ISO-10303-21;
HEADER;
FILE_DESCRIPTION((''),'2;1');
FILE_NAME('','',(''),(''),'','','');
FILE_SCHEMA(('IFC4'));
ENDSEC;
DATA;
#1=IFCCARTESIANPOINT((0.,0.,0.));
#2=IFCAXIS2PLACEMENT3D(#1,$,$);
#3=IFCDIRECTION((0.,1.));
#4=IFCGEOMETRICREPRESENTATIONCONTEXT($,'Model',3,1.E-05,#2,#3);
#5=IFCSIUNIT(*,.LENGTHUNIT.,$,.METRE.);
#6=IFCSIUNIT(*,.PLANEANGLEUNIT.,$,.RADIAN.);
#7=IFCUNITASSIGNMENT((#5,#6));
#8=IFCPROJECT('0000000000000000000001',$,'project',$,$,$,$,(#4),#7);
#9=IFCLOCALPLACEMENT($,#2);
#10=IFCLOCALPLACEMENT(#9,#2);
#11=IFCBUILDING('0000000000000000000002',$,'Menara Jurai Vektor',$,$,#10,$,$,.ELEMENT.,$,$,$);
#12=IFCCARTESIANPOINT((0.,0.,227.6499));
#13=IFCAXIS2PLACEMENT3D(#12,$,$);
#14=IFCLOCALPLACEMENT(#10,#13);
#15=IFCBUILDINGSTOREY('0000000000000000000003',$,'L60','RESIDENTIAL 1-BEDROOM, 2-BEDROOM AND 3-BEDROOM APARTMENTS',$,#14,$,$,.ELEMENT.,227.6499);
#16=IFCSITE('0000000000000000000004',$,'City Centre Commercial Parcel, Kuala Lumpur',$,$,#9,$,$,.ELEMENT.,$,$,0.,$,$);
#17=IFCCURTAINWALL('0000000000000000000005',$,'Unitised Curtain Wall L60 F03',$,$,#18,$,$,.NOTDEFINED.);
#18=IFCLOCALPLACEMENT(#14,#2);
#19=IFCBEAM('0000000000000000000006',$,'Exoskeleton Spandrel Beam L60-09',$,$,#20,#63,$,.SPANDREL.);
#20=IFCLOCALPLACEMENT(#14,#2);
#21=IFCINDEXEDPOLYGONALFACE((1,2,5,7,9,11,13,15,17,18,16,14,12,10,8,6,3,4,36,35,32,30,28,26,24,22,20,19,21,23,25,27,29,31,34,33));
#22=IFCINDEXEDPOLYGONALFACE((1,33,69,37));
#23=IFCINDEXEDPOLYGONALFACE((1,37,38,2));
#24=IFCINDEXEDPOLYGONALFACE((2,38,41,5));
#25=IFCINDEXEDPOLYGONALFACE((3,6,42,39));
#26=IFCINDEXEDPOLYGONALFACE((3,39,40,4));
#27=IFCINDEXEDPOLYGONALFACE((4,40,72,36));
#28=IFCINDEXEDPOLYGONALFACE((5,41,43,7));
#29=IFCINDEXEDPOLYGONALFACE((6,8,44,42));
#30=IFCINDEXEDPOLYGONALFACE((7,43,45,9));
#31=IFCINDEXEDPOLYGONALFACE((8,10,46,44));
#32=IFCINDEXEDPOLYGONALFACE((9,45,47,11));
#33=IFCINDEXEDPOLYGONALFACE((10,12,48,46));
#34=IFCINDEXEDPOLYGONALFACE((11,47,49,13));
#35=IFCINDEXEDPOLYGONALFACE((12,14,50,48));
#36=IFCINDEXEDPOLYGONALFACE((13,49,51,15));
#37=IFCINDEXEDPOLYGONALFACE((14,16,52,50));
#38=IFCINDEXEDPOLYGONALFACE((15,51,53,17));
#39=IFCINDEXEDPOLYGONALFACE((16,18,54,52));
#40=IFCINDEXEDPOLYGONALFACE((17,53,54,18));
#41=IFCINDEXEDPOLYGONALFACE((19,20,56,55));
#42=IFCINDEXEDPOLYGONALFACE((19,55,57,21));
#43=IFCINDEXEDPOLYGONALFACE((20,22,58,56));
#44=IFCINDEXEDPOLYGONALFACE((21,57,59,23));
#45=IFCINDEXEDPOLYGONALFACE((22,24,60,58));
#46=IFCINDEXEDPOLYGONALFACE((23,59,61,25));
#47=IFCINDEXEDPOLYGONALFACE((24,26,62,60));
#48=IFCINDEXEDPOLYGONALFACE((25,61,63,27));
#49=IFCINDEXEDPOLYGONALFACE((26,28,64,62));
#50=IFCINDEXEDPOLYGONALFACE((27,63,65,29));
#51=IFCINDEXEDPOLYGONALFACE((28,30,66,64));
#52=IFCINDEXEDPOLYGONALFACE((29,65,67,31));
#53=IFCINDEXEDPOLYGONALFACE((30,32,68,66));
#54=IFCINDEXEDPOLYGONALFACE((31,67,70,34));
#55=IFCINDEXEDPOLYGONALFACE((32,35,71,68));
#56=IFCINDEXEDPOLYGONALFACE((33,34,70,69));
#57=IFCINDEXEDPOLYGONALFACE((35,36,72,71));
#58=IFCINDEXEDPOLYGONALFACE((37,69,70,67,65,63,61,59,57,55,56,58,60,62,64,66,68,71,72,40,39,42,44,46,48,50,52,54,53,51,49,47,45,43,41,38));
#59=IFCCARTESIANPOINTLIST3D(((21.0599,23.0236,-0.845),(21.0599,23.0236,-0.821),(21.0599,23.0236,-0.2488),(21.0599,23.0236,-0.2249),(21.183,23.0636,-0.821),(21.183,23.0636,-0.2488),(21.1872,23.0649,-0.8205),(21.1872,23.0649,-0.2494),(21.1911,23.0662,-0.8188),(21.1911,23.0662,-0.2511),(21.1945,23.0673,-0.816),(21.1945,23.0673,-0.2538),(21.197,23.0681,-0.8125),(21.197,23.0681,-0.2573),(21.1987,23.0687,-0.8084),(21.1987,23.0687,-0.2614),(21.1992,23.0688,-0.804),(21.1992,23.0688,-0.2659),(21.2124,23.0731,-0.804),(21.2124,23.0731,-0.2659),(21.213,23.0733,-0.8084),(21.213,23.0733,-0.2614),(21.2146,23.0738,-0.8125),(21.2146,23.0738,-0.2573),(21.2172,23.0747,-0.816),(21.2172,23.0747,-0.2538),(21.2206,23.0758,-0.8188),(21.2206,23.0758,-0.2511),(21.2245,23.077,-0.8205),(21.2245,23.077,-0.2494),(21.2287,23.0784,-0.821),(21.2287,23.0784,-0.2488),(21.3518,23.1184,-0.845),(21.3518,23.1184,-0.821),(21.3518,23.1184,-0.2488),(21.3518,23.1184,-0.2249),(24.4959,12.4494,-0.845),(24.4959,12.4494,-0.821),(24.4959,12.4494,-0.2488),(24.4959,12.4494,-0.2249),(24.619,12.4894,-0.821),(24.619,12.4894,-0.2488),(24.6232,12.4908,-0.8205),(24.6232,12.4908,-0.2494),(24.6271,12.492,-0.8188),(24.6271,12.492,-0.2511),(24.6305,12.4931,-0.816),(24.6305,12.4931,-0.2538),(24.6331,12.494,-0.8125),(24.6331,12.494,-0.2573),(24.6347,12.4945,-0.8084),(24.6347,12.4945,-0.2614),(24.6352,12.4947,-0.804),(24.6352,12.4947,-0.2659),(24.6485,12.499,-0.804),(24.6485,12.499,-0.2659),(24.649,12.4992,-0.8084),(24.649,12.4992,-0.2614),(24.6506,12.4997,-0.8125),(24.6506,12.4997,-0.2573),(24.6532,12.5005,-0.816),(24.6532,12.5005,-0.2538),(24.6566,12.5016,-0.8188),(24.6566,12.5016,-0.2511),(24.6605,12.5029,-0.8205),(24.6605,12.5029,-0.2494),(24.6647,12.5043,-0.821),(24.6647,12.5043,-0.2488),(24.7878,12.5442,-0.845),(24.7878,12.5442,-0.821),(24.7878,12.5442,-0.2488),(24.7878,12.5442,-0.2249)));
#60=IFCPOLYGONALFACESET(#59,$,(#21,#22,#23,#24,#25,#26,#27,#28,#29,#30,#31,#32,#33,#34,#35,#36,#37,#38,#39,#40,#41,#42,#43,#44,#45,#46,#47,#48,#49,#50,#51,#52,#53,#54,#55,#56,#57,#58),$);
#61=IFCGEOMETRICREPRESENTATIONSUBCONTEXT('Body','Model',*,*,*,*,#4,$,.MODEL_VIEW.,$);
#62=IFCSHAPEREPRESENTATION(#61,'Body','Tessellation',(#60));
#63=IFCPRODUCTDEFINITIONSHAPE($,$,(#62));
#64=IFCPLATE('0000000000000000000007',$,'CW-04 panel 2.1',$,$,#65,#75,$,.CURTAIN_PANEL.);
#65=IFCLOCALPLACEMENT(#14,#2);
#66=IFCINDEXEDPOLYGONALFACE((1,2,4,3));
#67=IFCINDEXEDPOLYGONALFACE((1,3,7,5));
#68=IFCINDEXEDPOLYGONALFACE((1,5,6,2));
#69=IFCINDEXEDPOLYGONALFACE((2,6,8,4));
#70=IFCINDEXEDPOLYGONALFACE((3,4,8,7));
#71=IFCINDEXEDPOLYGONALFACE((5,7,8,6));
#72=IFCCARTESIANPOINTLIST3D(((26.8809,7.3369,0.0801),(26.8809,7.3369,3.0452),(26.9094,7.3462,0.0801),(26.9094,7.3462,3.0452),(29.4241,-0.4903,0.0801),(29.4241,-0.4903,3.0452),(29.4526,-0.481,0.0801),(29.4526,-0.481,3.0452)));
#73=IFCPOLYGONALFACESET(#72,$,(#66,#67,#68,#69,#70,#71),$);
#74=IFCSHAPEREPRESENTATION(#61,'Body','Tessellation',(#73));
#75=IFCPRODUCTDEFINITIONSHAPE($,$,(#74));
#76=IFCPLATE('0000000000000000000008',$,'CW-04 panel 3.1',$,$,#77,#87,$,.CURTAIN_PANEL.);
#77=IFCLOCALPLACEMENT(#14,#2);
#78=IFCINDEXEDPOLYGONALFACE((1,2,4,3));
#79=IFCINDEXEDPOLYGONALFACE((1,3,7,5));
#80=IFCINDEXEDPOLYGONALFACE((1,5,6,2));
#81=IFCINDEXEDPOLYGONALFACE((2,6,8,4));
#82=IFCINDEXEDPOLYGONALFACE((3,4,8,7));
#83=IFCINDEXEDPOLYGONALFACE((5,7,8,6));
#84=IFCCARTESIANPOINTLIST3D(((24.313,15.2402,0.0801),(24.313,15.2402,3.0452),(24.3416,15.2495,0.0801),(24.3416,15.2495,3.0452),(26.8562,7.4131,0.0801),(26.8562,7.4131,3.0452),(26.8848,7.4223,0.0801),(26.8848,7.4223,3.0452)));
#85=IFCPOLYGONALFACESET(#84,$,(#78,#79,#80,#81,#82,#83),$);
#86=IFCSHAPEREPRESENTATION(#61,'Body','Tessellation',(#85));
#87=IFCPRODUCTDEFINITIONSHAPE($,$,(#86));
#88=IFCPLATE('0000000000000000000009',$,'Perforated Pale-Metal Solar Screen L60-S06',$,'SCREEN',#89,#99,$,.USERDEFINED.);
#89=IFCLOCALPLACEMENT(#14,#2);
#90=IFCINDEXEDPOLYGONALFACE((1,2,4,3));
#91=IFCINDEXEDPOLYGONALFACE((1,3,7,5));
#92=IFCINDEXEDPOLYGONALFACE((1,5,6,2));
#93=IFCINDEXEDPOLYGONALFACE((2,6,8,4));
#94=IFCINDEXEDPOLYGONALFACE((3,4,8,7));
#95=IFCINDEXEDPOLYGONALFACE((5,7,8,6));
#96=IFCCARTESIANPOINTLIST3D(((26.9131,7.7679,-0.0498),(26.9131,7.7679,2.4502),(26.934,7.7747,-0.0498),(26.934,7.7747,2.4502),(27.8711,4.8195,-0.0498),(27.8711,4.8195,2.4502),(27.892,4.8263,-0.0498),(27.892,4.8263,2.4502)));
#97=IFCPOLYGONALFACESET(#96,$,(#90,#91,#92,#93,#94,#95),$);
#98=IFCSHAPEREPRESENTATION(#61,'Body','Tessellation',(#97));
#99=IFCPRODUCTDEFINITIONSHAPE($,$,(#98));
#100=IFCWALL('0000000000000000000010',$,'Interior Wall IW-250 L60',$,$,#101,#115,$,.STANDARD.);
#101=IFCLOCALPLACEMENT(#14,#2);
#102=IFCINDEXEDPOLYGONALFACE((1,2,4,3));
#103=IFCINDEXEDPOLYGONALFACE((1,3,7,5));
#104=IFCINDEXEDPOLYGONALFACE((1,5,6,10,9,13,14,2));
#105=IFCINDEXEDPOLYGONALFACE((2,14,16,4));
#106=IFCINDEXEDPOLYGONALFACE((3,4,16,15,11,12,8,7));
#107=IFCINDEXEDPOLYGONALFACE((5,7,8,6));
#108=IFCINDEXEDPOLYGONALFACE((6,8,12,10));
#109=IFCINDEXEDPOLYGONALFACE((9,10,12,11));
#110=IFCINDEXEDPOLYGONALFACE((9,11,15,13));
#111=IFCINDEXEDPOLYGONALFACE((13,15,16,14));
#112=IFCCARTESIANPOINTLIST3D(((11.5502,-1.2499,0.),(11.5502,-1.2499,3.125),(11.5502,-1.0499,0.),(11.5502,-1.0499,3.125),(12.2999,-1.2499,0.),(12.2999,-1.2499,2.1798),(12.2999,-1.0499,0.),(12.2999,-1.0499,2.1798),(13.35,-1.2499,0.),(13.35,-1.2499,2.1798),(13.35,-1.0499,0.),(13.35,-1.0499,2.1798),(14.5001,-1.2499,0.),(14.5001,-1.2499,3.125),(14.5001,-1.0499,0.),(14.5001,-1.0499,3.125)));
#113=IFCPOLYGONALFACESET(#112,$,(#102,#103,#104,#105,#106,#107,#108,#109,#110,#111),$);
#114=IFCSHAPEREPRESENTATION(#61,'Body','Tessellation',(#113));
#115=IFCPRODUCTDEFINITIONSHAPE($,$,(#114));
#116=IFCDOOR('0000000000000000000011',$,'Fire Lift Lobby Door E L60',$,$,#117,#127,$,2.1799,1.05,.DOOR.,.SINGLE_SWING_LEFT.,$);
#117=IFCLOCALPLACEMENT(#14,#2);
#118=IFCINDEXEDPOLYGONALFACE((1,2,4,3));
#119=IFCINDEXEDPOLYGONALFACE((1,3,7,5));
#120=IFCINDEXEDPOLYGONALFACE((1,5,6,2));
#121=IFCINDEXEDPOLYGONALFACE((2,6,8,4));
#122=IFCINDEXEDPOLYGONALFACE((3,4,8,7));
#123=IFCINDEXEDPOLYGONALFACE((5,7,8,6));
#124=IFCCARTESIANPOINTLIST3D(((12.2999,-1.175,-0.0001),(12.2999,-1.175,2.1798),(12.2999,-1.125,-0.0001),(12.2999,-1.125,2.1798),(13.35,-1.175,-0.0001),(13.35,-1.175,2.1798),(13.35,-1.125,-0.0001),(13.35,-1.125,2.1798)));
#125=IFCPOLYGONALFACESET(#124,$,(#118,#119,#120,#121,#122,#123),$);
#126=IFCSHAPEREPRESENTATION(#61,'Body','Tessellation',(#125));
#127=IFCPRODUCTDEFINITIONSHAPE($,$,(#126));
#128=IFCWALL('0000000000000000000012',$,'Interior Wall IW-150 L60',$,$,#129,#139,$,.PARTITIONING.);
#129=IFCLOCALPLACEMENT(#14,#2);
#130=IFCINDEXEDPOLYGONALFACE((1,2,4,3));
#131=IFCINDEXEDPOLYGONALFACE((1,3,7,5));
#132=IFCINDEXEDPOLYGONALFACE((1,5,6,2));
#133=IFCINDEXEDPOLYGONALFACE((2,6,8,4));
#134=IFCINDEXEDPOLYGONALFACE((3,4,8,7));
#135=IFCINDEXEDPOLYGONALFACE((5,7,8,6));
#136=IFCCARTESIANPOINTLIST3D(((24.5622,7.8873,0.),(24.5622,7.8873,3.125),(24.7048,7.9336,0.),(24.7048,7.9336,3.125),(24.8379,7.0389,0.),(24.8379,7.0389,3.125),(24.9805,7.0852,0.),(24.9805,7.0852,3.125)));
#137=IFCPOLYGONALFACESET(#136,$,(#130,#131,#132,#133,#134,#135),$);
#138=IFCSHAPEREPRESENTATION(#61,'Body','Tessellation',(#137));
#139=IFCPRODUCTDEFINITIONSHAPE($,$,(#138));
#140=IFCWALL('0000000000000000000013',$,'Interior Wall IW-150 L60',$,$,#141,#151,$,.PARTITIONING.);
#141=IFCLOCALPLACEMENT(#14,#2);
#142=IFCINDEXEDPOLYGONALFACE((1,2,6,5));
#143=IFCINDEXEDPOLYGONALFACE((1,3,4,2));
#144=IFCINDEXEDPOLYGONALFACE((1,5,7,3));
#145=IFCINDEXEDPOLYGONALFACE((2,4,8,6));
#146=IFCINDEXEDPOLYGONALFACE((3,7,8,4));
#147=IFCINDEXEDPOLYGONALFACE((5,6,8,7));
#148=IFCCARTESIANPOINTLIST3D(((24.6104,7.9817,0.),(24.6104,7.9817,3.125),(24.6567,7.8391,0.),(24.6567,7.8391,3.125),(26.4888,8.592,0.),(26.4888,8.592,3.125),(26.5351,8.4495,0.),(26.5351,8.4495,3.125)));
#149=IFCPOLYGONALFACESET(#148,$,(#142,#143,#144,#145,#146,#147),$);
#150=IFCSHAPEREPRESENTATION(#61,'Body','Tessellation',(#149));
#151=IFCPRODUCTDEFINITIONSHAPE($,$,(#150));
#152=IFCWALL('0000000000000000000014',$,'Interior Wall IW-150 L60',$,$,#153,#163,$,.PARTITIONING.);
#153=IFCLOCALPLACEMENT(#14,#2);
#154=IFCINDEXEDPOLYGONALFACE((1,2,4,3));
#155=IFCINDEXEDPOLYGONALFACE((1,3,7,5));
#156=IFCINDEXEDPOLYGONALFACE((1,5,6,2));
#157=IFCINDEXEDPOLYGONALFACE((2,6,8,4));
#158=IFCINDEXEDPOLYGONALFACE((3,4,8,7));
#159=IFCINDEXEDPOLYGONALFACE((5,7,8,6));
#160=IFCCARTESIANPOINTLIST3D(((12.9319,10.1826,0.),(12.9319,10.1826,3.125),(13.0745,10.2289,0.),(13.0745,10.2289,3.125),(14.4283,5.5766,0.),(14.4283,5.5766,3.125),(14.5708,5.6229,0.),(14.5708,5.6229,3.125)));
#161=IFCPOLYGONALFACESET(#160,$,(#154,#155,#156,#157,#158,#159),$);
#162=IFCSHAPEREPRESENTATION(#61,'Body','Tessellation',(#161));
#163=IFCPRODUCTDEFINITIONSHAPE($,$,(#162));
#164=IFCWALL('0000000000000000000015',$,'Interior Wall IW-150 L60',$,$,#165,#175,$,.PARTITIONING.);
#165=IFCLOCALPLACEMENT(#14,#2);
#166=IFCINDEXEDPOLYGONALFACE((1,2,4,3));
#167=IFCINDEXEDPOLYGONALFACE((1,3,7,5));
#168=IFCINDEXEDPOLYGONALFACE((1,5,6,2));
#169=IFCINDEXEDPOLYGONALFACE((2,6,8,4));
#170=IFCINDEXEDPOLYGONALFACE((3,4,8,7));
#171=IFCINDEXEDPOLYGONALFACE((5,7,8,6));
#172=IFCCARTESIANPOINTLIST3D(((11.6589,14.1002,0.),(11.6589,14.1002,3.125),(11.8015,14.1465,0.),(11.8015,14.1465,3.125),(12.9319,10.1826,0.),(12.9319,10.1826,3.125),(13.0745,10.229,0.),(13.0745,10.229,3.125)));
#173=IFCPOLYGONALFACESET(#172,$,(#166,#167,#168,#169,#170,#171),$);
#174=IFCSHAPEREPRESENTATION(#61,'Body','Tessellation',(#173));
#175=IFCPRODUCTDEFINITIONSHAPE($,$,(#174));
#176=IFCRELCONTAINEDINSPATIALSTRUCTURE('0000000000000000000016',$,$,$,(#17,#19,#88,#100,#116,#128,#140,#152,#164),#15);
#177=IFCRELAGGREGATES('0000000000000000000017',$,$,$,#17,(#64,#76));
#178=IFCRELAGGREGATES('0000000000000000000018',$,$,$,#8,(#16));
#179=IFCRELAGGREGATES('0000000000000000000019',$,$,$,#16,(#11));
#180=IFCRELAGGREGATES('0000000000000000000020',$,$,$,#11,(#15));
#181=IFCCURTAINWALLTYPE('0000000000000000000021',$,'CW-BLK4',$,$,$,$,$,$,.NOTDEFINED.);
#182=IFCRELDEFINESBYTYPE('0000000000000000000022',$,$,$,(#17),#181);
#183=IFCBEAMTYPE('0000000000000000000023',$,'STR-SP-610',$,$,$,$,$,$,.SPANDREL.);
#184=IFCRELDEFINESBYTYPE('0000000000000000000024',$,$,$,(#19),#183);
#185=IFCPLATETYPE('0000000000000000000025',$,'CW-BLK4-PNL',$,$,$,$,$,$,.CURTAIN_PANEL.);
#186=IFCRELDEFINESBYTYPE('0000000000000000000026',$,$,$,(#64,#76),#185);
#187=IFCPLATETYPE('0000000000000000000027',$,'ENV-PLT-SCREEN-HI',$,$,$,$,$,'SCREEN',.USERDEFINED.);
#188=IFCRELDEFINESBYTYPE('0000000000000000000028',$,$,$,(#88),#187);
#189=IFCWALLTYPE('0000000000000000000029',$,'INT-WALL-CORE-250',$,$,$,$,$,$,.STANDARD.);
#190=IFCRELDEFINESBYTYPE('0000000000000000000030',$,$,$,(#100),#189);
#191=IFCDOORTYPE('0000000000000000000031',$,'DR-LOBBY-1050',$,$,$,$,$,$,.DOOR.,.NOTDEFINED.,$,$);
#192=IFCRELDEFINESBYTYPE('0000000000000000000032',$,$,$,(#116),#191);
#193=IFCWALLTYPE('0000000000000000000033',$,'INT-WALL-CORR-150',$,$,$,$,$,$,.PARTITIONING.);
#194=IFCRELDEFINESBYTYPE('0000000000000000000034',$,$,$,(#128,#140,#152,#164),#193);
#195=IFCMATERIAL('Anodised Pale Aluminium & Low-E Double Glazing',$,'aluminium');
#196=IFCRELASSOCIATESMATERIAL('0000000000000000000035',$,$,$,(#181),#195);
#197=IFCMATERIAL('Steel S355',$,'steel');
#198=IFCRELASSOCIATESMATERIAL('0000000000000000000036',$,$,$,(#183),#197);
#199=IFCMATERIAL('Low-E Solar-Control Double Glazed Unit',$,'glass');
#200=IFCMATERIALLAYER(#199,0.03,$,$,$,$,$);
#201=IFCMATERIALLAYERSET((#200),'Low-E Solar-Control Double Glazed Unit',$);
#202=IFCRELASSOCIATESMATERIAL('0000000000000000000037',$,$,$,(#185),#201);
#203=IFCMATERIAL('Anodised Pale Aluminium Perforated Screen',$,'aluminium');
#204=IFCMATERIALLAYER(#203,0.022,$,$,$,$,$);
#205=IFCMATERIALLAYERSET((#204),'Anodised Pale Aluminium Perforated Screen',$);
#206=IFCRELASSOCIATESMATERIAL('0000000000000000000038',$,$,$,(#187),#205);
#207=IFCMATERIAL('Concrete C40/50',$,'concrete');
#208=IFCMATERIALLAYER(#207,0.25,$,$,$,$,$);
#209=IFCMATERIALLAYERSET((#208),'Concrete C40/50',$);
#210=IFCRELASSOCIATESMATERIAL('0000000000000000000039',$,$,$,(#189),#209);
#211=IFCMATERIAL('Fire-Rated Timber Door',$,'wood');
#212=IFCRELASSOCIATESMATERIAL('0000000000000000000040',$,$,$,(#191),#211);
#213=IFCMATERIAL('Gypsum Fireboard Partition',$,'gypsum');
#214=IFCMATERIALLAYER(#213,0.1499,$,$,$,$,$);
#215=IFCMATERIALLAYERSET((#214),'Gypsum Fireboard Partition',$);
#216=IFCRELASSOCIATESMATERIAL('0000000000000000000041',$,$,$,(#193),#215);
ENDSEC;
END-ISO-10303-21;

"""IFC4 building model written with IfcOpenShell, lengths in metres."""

from ifc_helpers import new_model, si_unit, direction, frame, frame_2d, origin, origin_2d, place, context, subcontext, project, spatial, rectangle, i_section, extrude, material, layer, layer_set, material_profile, profile_set, type_object, element, fill, aggregate, save


model = new_model("IFC4")

# Units and contexts
model_context = context("Model", 3, precision=1e-05, world=origin(), true_north=direction((0.0, 1.0)))
body_context = subcontext(model_context, "Body", "Model", "MODEL_VIEW")
ifc_project = project(units=[si_unit("LENGTHUNIT", "METRE"), si_unit("PLANEANGLEUNIT", "RADIAN")], contexts=[model_context])

# Site, building, storey
site_placement = place(None, origin())
site = spatial("IfcSite", under=ifc_project, at=site_placement, Name="City Centre Commercial Parcel, Kuala Lumpur", CompositionType="ELEMENT", RefElevation=0.0)
building_placement = place(site_placement, origin())
building = spatial("IfcBuilding", under=site, at=building_placement, Name="Menara Jurai Vektor", CompositionType="ELEMENT")
storey_placement = place(building_placement, frame((0.0, 0.0, 227.6499)))
storey = spatial("IfcBuildingStorey", under=building, at=storey_placement, Name="L60", Description="RESIDENTIAL 1-BEDROOM, 2-BEDROOM AND 3-BEDROOM APARTMENTS", CompositionType="ELEMENT", Elevation=227.6499)

# Curtain wall
ifc_material_1 = material(Name="Anodised Pale Aluminium & Low-E Double Glazing", Category="aluminium")
curtain_wall_type = type_object("IfcCurtainWallType", Name="CW-BLK4", PredefinedType="NOTDEFINED", material=ifc_material_1)
curtain_wall_placement = place(storey_placement, origin())
curtain_wall = element("IfcCurtainWall", 1, at=curtain_wall_placement, inside=storey, type_object=curtain_wall_type, Name="Unitised Curtain Wall L60 F03", PredefinedType="NOTDEFINED")

# Beam
ifc_material_2 = material(Name="Steel S355", Category="steel")
ifc_material_profile_1 = material_profile(ifc_material_2, i_section(OverallWidth=0.3069, OverallDepth=0.6201, WebThickness=0.0139, FlangeThickness=0.0239, FilletRadius=0.0171, at=origin_2d()), Name="UKB 610x305x179")
ifc_profile_set_1 = profile_set([ifc_material_profile_1], Name="Steel S355")
beam_type_1 = type_object("IfcBeamType", Name="STR-SP-610", PredefinedType="SPANDREL", material=ifc_profile_set_1)
beam_1_placement = place(storey_placement, frame((24.6418, 12.4968, -0.5349), z_axis=(-0.309038, 0.95105, 0.0), x_axis=(-0.95105, -0.309038, 0.0)))
element("IfcBeam", 2, at=beam_1_placement, inside=storey, type_object=beam_type_1, Name="Exoskeleton Spandrel Beam L60-09", PredefinedType="SPANDREL", context=body_context, shape_type="SweptSolid", body=[
    extrude(i_section(OverallWidth=0.3069, OverallDepth=0.6201, WebThickness=0.0139, FlangeThickness=0.0239, FilletRadius=0.0171, at=origin_2d()), origin(), (0.0, 0.0, 1.0), 11.1184),
])

# Plates
ifc_material_3 = material(Name="Low-E Solar-Control Double Glazed Unit", Category="glass")
ifc_layer_1 = layer(ifc_material_3, 0.03)
ifc_layer_set_1 = layer_set([ifc_layer_1], Name="Low-E Solar-Control Double Glazed Unit")
plate_type_1 = type_object("IfcPlateType", Name="CW-BLK4-PNL", PredefinedType="CURTAIN_PANEL", material=ifc_layer_set_1)
plate_1_placement = place(storey_placement, frame((28.1667, 3.428, 0.0801), z_axis=(0.0, 0.0, 1.0), x_axis=(-0.309016, 0.951057, 0.0)))
plate_1 = element("IfcPlate", 3, at=plate_1_placement, type_object=plate_type_1, Name="CW-04 panel 2.1", PredefinedType="CURTAIN_PANEL", context=body_context, shape_type="SweptSolid", body=[
    extrude(rectangle(XDim=8.23, YDim=0.03, at=origin_2d()), origin(), (0.0, 0.0, 1.0), 2.9651),
])
plate_2_placement = place(storey_placement, frame((25.5989, 11.3313, 0.0801), z_axis=(0.0, 0.0, 1.0), x_axis=(-0.309016, 0.951057, 0.0)))
plate_2 = element("IfcPlate", 4, at=plate_2_placement, type_object=plate_type_1, Name="CW-04 panel 3.1", PredefinedType="CURTAIN_PANEL", context=body_context, shape_type="SweptSolid", body=[
    extrude(rectangle(XDim=8.23, YDim=0.03, at=origin_2d()), origin(), (0.0, 0.0, 1.0), 2.9651),
])
aggregate(curtain_wall, [plate_1, plate_2])
ifc_material_4 = material(Name="Anodised Pale Aluminium Perforated Screen", Category="aluminium")
ifc_layer_2 = layer(ifc_material_4, 0.022)
ifc_layer_set_2 = layer_set([ifc_layer_2], Name="Anodised Pale Aluminium Perforated Screen")
plate_type_2 = type_object("IfcPlateType", Name="ENV-PLT-SCREEN-HI", ElementType="SCREEN", PredefinedType="USERDEFINED", material=ifc_layer_set_2)
plate_3_placement = place(storey_placement, frame((27.4026, 6.2971, -0.0498), z_axis=(0.0, 0.0, 1.0), x_axis=(-0.309017, 0.951057, 0.0)))
element("IfcPlate", 5, at=plate_3_placement, inside=storey, type_object=plate_type_2, Name="Perforated Pale-Metal Solar Screen L60-S06", ObjectType="SCREEN", PredefinedType="USERDEFINED", context=body_context, shape_type="SweptSolid", body=[
    extrude(rectangle(XDim=3.1001, YDim=0.022, at=origin_2d()), origin(), (0.0, 0.0, 1.0), 2.5),
])

# Wall, opening, door
ifc_material_5 = material(Name="Concrete C40/50", Category="concrete")
ifc_layer_3 = layer(ifc_material_5, 0.25)
ifc_layer_set_3 = layer_set([ifc_layer_3], Name="Concrete C40/50")
wall_type_1 = type_object("IfcWallType", Name="INT-WALL-CORE-250", PredefinedType="STANDARD", material=ifc_layer_set_3)
wall_1_placement = place(storey_placement, frame((11.55, -1.1499, 0.0), z_axis=(0.0, 0.0, 1.0), x_axis=(1.0, 0.0, 0.0)))
wall_1 = element("IfcWall", 6, at=wall_1_placement, inside=storey, type_object=wall_type_1, Name="Interior Wall IW-250 L60", PredefinedType="STANDARD", context=body_context, shape_type="SweptSolid", body=[
    extrude(rectangle(XDim=2.95, YDim=0.2, at=frame_2d((1.4751, 0.0))), origin(), (0.0, 0.0, 1.0), 3.125),
])
opening_1_placement = place(wall_1_placement, frame((0.75, 0.0, 0.0)))
opening_1 = element("IfcOpeningElement", 7, at=opening_1_placement, cuts=wall_1, PredefinedType="OPENING", context=body_context, shape_type="SweptSolid", body=[
    extrude(rectangle(XDim=1.05, YDim=2.1799, at=frame_2d((0.5249, 1.0898))), frame((0.0, 0.1099, 0.0), z_axis=(0.0, -1.0, 0.0), x_axis=(1.0, 0.0, 0.0)), (0.0, 0.0, 1.0), 0.22),
])
ifc_material_6 = material(Name="Fire-Rated Timber Door", Category="wood")
door_type_1 = type_object("IfcDoorType", Name="DR-LOBBY-1050", OperationType="NOTDEFINED", PredefinedType="DOOR", material=ifc_material_6)
door_1_placement = place(opening_1_placement, origin())
door_1 = element("IfcDoor", 8, at=door_1_placement, inside=storey, type_object=door_type_1, Name="Fire Lift Lobby Door E L60", OperationType="SINGLE_SWING_LEFT", OverallHeight=2.1799, OverallWidth=1.05, PredefinedType="DOOR", context=body_context, shape_type="SweptSolid", body=[
    extrude(rectangle(XDim=1.05, YDim=2.1799, at=frame_2d((0.5249, 1.0898))), frame((0.0, 0.0249, 0.0), z_axis=(0.0, -1.0, 0.0), x_axis=(1.0, 0.0, 0.0)), (0.0, 0.0, 1.0), 0.05),
])
fill(opening_1, door_1)

# Walls
ifc_material_7 = material(Name="Gypsum Fireboard Partition", Category="gypsum")
ifc_layer_4 = layer(ifc_material_7, 0.1499)
ifc_layer_set_4 = layer_set([ifc_layer_4], Name="Gypsum Fireboard Partition")
wall_type_2 = type_object("IfcWallType", Name="INT-WALL-CORR-150", PredefinedType="PARTITIONING", material=ifc_layer_set_4)
wall_2_placement = place(storey_placement, frame((24.9092, 7.062, 0.0), z_axis=(0.0, 0.0, 1.0), x_axis=(-0.308993, 0.951064, 0.0)))
element("IfcWall", 9, at=wall_2_placement, inside=storey, type_object=wall_type_2, Name="Interior Wall IW-150 L60", PredefinedType="PARTITIONING", context=body_context, shape_type="SweptSolid", body=[
    extrude(rectangle(XDim=0.8921, YDim=0.1499, at=frame_2d((0.446, 0.0))), origin(), (0.0, 0.0, 1.0), 3.125),
])
wall_3_placement = place(storey_placement, frame((24.6335, 7.9104, 0.0), z_axis=(0.0, 0.0, 1.0), x_axis=(0.951054, 0.309025, 0.0)))
element("IfcWall", 10, at=wall_3_placement, inside=storey, type_object=wall_type_2, Name="Interior Wall IW-150 L60", PredefinedType="PARTITIONING", context=body_context, shape_type="SweptSolid", body=[
    extrude(rectangle(XDim=1.9751, YDim=0.1499, at=frame_2d((0.9875, 0.0))), origin(), (0.0, 0.0, 1.0), 3.125),
])
wall_4_placement = place(storey_placement, frame((14.4995, 5.5999, 0.0), z_axis=(0.0, 0.0, 1.0), x_axis=(-0.308974, 0.95107, 0.0)))
element("IfcWall", 11, at=wall_4_placement, inside=storey, type_object=wall_type_2, Name="Interior Wall IW-150 L60", PredefinedType="PARTITIONING", context=body_context, shape_type="SweptSolid", body=[
    extrude(rectangle(XDim=4.843, YDim=0.1499, at=frame_2d((2.4214, 0.0))), origin(), (0.0, 0.0, 1.0), 3.125),
])
wall_5_placement = place(storey_placement, frame((13.0032, 10.2058, 0.0), z_axis=(0.0, 0.0, 1.0), x_axis=(-0.309035, 0.951051, 0.0)))
element("IfcWall", 12, at=wall_5_placement, inside=storey, type_object=wall_type_2, Name="Interior Wall IW-150 L60", PredefinedType="PARTITIONING", context=body_context, shape_type="SweptSolid", body=[
    extrude(rectangle(XDim=4.1191, YDim=0.1499, at=frame_2d((2.0596, 0.0))), origin(), (0.0, 0.0, 1.0), 3.125),
])

save(model, "model.ifc")
